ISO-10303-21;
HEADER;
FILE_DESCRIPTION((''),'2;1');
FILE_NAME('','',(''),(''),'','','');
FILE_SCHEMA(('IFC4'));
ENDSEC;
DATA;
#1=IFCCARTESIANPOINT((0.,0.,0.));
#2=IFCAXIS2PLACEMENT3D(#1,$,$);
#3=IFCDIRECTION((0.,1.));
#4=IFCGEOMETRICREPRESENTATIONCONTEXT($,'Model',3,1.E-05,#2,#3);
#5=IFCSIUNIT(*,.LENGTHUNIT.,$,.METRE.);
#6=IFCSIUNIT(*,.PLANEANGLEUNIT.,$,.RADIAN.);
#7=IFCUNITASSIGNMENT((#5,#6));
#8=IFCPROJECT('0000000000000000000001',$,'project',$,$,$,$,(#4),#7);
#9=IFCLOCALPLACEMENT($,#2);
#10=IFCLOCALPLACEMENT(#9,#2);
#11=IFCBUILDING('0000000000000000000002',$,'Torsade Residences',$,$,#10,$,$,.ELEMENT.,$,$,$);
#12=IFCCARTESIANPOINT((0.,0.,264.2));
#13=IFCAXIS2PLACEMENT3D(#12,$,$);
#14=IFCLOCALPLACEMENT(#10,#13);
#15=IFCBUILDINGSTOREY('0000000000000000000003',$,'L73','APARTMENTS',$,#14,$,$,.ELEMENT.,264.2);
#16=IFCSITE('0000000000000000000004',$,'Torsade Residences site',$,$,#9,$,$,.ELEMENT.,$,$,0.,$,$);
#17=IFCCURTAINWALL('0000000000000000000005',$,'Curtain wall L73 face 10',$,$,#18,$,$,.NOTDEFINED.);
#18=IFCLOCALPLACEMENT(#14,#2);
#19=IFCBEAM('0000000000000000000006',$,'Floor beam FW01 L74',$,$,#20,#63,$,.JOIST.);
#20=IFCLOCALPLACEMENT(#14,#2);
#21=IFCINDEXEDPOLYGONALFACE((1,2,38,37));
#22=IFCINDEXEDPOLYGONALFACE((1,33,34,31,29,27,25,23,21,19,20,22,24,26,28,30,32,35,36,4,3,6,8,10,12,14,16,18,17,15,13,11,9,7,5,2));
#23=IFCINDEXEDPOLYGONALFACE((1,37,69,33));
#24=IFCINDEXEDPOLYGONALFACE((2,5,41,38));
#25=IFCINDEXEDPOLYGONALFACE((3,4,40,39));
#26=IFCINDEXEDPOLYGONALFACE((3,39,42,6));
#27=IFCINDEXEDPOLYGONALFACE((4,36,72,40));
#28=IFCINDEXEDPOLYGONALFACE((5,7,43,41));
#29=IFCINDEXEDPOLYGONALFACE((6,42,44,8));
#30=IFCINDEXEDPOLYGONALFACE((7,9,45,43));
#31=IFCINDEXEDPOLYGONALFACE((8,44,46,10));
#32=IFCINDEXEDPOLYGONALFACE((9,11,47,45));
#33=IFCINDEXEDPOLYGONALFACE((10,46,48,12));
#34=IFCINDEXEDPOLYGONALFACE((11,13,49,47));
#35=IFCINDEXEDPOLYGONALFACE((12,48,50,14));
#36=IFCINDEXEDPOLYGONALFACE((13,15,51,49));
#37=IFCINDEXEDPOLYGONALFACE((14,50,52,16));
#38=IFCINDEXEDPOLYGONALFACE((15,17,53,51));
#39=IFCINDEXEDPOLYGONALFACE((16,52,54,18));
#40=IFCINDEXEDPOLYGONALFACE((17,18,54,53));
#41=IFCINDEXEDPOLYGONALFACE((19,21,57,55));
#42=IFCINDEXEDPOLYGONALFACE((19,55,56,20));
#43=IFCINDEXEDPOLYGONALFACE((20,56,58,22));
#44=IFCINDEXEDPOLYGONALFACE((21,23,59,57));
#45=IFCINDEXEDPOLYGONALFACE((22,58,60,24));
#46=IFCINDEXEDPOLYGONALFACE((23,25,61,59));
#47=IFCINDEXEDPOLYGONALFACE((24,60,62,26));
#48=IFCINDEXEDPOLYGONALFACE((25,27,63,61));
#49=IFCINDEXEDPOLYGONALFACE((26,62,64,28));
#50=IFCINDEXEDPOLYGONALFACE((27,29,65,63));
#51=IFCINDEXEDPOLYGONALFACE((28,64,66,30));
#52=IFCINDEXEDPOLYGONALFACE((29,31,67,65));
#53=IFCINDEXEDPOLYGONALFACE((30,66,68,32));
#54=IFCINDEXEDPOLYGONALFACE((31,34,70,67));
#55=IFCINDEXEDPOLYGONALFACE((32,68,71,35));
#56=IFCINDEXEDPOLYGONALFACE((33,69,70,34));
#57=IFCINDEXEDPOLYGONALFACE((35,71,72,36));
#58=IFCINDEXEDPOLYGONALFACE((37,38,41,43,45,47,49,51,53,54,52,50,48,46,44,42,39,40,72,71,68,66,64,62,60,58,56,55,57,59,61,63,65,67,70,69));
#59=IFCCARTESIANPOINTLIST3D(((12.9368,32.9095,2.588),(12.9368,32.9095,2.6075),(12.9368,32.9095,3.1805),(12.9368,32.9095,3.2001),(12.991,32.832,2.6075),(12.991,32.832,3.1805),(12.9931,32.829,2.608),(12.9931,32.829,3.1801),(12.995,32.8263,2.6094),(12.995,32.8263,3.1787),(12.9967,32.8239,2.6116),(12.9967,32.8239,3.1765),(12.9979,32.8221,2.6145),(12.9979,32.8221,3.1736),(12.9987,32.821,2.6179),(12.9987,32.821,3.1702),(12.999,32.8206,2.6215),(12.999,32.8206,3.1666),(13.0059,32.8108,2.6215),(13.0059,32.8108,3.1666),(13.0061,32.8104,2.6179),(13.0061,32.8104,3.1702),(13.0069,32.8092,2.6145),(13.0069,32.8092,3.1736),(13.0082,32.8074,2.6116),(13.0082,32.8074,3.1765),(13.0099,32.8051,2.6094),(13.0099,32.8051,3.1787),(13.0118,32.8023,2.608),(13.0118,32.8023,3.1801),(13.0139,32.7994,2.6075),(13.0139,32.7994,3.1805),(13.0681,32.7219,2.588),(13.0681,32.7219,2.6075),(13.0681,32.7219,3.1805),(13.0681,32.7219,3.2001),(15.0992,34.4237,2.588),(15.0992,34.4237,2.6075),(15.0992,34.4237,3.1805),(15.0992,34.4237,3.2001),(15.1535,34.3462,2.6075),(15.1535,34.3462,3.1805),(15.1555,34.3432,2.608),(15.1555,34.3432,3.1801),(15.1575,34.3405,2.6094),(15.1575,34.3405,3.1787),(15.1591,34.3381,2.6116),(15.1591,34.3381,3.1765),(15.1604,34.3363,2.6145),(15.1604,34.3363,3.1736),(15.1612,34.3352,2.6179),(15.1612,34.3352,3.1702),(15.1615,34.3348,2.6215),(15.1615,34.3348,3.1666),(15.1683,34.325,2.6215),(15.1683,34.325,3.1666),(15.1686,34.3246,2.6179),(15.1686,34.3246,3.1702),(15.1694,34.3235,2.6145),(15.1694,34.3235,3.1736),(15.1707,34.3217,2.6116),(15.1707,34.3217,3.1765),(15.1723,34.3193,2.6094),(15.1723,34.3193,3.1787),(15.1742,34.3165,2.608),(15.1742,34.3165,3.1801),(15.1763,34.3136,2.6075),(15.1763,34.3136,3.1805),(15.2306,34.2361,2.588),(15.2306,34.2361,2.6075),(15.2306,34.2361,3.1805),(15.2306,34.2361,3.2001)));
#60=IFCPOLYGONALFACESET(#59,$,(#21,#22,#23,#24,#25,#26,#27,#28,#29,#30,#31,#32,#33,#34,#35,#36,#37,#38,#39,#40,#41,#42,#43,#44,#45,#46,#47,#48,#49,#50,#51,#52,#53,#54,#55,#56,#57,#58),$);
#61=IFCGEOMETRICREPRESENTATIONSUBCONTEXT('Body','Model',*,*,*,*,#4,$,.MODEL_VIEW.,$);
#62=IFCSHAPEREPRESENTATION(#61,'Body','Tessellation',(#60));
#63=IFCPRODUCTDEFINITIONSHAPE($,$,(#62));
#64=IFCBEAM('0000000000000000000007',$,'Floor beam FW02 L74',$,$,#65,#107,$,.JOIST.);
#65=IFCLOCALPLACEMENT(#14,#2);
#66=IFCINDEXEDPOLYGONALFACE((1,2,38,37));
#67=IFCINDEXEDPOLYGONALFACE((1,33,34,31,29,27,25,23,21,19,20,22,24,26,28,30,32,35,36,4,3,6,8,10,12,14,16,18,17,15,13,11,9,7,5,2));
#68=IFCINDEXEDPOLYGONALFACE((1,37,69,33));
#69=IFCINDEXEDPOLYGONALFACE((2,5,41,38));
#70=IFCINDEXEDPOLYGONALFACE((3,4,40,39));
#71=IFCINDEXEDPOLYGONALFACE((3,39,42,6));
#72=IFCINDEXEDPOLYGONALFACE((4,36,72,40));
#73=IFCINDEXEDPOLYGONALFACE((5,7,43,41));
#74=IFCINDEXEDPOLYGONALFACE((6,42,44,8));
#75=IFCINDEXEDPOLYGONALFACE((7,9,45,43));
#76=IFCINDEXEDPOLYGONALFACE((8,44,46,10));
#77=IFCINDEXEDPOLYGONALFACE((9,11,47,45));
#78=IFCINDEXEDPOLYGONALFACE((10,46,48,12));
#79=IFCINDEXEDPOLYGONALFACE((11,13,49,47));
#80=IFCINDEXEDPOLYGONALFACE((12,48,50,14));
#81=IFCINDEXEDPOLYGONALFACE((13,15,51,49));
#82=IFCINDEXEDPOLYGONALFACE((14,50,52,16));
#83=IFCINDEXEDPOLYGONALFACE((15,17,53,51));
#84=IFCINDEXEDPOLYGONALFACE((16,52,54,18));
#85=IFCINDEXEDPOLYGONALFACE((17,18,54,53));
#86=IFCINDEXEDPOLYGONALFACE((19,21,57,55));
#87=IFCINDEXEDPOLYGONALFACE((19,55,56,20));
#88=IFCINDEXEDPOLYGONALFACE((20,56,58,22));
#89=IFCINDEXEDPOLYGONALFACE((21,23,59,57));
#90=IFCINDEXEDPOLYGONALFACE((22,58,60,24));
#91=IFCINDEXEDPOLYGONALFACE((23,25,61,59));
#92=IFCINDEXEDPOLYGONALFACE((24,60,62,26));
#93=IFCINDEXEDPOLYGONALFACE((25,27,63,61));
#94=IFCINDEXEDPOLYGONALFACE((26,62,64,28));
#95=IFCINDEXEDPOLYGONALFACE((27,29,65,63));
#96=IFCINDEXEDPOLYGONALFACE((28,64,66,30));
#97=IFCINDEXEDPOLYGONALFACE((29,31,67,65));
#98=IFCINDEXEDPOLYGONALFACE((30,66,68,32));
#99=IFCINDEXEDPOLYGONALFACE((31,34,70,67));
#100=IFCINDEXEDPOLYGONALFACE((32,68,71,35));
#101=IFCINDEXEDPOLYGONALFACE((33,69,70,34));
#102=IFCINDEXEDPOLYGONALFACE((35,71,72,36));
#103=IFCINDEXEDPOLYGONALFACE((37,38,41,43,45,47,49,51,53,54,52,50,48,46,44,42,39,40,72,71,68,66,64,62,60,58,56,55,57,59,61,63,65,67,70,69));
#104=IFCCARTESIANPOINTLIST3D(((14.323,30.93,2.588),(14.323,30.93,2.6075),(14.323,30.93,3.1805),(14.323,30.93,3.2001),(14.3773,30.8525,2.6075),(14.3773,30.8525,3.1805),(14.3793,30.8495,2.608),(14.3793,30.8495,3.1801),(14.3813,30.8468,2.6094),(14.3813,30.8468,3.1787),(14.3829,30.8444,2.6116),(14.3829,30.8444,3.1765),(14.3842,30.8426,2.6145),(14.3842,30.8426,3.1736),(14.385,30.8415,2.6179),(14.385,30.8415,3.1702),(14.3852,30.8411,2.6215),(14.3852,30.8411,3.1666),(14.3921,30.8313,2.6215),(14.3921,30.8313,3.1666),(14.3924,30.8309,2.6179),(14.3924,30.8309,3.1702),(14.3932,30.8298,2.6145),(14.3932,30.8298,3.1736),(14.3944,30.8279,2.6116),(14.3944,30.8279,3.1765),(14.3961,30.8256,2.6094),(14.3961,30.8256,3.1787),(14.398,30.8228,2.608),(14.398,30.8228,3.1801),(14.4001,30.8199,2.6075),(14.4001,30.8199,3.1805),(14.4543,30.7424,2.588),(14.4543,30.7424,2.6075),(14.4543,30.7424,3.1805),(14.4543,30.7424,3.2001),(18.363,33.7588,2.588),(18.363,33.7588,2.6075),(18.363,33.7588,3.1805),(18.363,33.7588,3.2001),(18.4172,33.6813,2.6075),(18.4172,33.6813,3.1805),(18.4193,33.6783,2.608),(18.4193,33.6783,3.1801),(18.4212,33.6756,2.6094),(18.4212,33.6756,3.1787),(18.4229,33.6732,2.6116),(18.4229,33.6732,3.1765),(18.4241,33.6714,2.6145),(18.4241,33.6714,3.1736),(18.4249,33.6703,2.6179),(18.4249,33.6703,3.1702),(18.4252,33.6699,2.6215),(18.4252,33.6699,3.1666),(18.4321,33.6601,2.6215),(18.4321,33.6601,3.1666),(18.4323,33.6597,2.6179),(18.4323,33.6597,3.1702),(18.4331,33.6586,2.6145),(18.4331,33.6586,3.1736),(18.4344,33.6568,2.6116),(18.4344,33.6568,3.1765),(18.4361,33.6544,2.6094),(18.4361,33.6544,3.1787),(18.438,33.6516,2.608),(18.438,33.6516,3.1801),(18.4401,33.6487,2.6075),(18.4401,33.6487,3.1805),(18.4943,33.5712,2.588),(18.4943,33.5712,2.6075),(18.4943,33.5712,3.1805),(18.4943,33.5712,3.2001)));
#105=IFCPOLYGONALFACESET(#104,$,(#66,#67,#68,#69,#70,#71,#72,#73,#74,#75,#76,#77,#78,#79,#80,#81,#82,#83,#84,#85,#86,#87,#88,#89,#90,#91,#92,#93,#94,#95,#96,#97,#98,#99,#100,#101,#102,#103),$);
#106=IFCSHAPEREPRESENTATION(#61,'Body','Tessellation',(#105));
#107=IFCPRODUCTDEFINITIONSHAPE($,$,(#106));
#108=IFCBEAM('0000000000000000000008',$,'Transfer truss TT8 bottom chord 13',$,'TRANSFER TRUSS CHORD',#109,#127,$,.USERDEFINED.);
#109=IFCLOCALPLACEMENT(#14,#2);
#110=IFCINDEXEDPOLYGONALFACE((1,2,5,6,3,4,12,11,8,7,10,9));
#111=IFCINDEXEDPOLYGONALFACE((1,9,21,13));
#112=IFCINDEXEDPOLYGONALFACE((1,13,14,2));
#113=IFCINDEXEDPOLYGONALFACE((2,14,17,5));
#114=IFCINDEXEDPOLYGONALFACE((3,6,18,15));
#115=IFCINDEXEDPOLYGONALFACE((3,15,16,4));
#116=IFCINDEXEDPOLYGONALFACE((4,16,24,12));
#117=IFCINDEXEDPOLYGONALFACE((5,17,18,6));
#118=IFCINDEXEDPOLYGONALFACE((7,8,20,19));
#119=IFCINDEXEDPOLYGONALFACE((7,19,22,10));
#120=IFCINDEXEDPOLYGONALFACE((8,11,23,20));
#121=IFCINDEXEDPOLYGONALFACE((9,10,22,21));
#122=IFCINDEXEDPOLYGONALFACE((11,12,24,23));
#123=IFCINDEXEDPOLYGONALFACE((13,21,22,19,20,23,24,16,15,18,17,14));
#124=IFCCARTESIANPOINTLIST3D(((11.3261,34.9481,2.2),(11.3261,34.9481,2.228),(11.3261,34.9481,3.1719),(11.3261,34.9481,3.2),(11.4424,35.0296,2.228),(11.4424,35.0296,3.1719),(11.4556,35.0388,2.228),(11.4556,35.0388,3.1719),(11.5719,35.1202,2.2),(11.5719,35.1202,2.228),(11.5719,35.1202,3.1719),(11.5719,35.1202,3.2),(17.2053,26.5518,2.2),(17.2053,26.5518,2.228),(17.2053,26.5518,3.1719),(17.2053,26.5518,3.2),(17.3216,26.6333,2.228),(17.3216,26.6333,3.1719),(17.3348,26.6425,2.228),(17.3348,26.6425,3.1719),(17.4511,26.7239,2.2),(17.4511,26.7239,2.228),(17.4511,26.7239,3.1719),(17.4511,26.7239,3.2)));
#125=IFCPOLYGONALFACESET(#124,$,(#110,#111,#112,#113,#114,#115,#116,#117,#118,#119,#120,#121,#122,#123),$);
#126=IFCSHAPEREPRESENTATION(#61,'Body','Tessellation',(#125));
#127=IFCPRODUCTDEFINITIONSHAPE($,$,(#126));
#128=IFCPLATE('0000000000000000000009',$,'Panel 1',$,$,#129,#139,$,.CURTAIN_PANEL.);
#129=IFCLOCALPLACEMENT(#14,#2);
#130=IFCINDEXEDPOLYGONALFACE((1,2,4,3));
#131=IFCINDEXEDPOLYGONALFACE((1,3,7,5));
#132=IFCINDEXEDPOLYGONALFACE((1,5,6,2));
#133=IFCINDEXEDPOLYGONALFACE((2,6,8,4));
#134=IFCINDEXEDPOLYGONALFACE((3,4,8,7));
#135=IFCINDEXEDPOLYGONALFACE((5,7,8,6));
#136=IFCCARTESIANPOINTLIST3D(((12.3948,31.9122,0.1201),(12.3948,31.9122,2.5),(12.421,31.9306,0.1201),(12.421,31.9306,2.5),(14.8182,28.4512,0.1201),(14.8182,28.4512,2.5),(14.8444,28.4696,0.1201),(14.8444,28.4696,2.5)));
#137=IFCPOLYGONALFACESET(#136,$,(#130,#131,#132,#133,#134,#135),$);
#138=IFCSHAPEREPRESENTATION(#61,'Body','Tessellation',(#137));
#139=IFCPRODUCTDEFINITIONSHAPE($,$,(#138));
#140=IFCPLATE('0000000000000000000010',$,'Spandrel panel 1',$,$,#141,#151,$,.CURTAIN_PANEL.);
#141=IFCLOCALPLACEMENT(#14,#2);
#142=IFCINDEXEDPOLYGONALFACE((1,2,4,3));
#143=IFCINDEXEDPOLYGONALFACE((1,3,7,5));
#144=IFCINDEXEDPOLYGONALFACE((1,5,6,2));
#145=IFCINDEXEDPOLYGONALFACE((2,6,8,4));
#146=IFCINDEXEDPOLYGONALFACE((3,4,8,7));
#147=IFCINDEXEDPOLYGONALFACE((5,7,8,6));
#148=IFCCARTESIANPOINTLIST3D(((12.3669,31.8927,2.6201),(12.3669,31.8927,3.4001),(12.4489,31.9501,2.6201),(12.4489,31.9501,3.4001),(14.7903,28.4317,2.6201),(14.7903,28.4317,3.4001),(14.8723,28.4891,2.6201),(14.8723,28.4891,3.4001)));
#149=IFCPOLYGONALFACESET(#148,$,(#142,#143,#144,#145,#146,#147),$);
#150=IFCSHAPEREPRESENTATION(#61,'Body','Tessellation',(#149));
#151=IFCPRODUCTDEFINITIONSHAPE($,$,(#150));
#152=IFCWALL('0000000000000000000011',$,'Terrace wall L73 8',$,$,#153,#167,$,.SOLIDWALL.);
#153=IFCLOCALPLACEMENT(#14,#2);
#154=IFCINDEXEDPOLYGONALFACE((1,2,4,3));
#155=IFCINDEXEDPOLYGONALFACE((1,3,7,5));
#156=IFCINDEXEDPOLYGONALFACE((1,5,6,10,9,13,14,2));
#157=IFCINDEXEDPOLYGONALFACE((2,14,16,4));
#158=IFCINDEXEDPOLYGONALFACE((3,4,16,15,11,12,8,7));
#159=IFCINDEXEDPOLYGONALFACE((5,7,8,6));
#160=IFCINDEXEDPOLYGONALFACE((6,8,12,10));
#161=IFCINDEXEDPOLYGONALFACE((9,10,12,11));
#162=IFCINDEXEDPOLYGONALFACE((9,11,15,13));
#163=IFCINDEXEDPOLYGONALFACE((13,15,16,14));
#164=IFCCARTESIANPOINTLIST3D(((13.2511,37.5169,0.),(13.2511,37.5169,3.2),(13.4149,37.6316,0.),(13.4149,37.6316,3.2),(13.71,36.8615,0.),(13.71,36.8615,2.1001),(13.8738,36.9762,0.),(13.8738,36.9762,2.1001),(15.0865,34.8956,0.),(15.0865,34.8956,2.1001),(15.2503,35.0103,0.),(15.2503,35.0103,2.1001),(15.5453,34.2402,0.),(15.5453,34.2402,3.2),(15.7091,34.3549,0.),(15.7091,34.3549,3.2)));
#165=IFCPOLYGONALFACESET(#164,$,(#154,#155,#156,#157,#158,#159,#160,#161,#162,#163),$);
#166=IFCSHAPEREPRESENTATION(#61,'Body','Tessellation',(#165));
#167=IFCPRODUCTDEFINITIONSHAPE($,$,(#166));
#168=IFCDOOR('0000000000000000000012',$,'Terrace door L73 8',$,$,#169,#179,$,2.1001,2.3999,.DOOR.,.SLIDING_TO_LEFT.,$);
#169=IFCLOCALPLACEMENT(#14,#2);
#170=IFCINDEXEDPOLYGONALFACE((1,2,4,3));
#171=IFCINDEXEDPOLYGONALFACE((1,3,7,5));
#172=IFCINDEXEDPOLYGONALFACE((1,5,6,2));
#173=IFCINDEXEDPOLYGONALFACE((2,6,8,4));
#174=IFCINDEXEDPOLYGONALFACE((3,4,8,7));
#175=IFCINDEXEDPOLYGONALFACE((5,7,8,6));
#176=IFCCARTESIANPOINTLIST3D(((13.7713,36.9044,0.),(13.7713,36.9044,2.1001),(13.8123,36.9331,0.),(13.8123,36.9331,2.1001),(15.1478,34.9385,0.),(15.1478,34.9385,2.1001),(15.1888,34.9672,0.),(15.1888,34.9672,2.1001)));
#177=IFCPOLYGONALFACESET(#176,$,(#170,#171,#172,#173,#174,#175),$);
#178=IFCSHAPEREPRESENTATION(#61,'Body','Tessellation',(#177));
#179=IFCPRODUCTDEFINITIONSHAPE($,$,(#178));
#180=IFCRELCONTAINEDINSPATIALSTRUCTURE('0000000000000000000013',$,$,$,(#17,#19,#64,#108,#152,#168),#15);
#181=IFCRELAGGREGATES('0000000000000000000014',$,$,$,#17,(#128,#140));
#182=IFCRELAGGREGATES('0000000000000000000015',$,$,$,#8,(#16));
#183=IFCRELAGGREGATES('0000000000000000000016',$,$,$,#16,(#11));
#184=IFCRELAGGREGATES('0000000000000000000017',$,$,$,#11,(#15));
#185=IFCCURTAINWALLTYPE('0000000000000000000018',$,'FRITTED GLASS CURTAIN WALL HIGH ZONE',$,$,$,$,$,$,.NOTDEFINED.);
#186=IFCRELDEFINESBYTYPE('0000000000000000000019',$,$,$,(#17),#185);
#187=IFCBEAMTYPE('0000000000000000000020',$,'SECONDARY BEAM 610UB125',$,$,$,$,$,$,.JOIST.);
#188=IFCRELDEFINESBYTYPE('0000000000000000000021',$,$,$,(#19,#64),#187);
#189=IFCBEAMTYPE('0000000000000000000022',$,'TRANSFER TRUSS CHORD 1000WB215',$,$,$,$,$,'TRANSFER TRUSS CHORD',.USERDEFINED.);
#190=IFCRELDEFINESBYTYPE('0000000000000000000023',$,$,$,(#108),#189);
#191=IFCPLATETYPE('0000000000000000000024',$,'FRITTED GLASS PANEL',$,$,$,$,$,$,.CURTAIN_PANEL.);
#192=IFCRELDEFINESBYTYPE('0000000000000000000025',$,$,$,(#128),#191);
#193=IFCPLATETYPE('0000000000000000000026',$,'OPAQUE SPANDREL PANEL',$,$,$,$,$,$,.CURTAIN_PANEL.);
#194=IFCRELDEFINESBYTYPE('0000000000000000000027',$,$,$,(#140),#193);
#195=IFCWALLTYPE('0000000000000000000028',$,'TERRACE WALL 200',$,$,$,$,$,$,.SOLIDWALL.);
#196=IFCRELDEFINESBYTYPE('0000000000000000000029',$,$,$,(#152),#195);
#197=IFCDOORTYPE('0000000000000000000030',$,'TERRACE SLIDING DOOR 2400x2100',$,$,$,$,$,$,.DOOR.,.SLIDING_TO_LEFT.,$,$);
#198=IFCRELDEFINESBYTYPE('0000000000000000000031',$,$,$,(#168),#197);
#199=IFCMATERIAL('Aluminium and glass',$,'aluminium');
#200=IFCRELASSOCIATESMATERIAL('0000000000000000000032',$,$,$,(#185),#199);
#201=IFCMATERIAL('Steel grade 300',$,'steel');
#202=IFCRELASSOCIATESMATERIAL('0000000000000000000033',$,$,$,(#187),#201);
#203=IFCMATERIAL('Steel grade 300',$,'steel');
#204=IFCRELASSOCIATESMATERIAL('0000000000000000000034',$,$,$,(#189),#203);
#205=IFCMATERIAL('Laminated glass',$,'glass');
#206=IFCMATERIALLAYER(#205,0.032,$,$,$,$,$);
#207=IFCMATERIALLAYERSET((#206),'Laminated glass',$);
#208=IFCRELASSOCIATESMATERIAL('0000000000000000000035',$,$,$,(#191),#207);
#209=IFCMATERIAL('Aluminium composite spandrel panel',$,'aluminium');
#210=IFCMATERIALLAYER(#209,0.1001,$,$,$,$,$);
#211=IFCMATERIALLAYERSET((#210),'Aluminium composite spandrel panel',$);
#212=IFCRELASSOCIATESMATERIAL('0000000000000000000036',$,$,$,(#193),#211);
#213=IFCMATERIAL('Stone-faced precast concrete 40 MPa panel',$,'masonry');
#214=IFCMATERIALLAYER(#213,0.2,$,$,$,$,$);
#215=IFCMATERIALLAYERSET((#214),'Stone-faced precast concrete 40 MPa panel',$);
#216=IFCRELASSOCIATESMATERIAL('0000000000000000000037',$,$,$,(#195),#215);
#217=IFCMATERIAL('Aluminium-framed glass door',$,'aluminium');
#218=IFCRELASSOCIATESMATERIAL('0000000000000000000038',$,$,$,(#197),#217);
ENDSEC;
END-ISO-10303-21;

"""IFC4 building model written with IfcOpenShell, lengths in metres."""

from ifc_helpers import new_model, si_unit, direction, frame, frame_2d, origin, origin_2d, place, context, subcontext, project, spatial, rectangle, i_section, extrude, material, layer, layer_set, material_profile, profile_set, type_object, element, fill, aggregate, save


model = new_model("IFC4")

# Units and contexts
model_context = context("Model", 3, precision=1e-05, world=origin(), true_north=direction((0.0, 1.0)))
body_context = subcontext(model_context, "Body", "Model", "MODEL_VIEW")
ifc_project = project(units=[si_unit("LENGTHUNIT", "METRE"), si_unit("PLANEANGLEUNIT", "RADIAN")], contexts=[model_context])

# Site, building, storey
site_placement = place(None, origin())
site = spatial("IfcSite", under=ifc_project, at=site_placement, Name="Torsade Residences site", CompositionType="ELEMENT", RefElevation=0.0)
building_placement = place(site_placement, origin())
building = spatial("IfcBuilding", under=site, at=building_placement, Name="Torsade Residences", CompositionType="ELEMENT")
storey_placement = place(building_placement, frame((0.0, 0.0, 264.2)))
storey = spatial("IfcBuildingStorey", under=building, at=storey_placement, Name="L73", Description="APARTMENTS", CompositionType="ELEMENT", Elevation=264.2)

# Shared definitions
ifc_material_1 = material(Name="Aluminium and glass", Category="aluminium")
curtain_wall_type = type_object("IfcCurtainWallType", Name="FRITTED GLASS CURTAIN WALL HIGH ZONE", PredefinedType="NOTDEFINED", material=ifc_material_1)

# Curtain wall
curtain_wall_1_placement = place(storey_placement, origin())
curtain_wall_1 = element("IfcCurtainWall", 1, at=curtain_wall_1_placement, inside=storey, type_object=curtain_wall_type, Name="Curtain wall L73 face 10", PredefinedType="NOTDEFINED")

# Beams
ifc_material_2 = material(Name="Steel grade 300", Category="steel")
ifc_material_profile_1 = material_profile(ifc_material_2, i_section(OverallWidth=0.229, OverallDepth=0.6121, WebThickness=0.012, FlangeThickness=0.0195, FilletRadius=0.0139, at=origin_2d()), Name="610UB125")
ifc_profile_set_1 = profile_set([ifc_material_profile_1], Name="Steel grade 300")
beam_type_1 = type_object("IfcBeamType", Name="SECONDARY BEAM 610UB125", PredefinedType="JOIST", material=ifc_profile_set_1)
beam_1_placement = place(storey_placement, frame((13.0024, 32.8157, 2.894), z_axis=(0.819141, 0.573593, 0.0), x_axis=(-0.573593, 0.819141, 0.0)))
element("IfcBeam", 2, at=beam_1_placement, inside=storey, type_object=beam_type_1, Name="Floor beam FW01 L74", PredefinedType="JOIST", context=body_context, shape_type="SweptSolid", body=[
    extrude(i_section(OverallWidth=0.229, OverallDepth=0.6121, WebThickness=0.012, FlangeThickness=0.0195, FilletRadius=0.0139, at=origin_2d()), origin(), (0.0, 0.0, 1.0), 2.6399),
])
beam_2_placement = place(storey_placement, frame((14.3887, 30.8362, 2.894), z_axis=(0.819153, 0.573575, 0.0), x_axis=(-0.573575, 0.819153, 0.0)))
element("IfcBeam", 3, at=beam_2_placement, inside=storey, type_object=beam_type_1, Name="Floor beam FW02 L74", PredefinedType="JOIST", context=body_context, shape_type="SweptSolid", body=[
    extrude(i_section(OverallWidth=0.229, OverallDepth=0.6121, WebThickness=0.012, FlangeThickness=0.0195, FilletRadius=0.0139, at=origin_2d()), origin(), (0.0, 0.0, 1.0), 4.9319),
])
ifc_material_3 = material(Name="Steel grade 300", Category="steel")
ifc_material_profile_2 = material_profile(ifc_material_3, i_section(OverallWidth=0.3, OverallDepth=1.0, WebThickness=0.0161, FlangeThickness=0.0281, at=origin_2d()), Name="1000WB215")
ifc_profile_set_2 = profile_set([ifc_material_profile_2], Name="Steel grade 300")
beam_type_2 = type_object("IfcBeamType", Name="TRANSFER TRUSS CHORD 1000WB215", ElementType="TRANSFER TRUSS CHORD", PredefinedType="USERDEFINED", material=ifc_profile_set_2)
beam_3_placement = place(storey_placement, frame((11.449, 35.0342, 2.7), z_axis=(0.573579, -0.81915, 0.0), x_axis=(0.81915, 0.573579, 0.0)))
element("IfcBeam", 4, at=beam_3_placement, inside=storey, type_object=beam_type_2, Name="Transfer truss TT8 bottom chord 13", ObjectType="TRANSFER TRUSS CHORD", PredefinedType="USERDEFINED", context=body_context, shape_type="SweptSolid", body=[
    extrude(i_section(OverallWidth=0.3, OverallDepth=1.0, WebThickness=0.0161, FlangeThickness=0.0281, at=origin_2d()), origin(), (0.0, 0.0, 1.0), 10.25),
])

# Plates
ifc_material_4 = material(Name="Laminated glass", Category="glass")
ifc_layer_1 = layer(ifc_material_4, 0.032)
ifc_layer_set_1 = layer_set([ifc_layer_1], Name="Laminated glass")
plate_type_1 = type_object("IfcPlateType", Name="FRITTED GLASS PANEL", PredefinedType="CURTAIN_PANEL", material=ifc_layer_set_1)
plate_1_placement = place(storey_placement, frame((13.6196, 30.1909, 0.1201), z_axis=(0.0, 0.0, 1.0), x_axis=(0.573576, -0.819152, 0.0)))
plate_1 = element("IfcPlate", 5, at=plate_1_placement, type_object=plate_type_1, Name="Panel 1", PredefinedType="CURTAIN_PANEL", context=body_context, shape_type="SweptSolid", body=[
    extrude(rectangle(XDim=4.2251, YDim=0.032, at=origin_2d()), origin(), (0.0, 0.0, 1.0), 2.3799),
])
ifc_material_5 = material(Name="Aluminium composite spandrel panel", Category="aluminium")
ifc_layer_2 = layer(ifc_material_5, 0.1001)
ifc_layer_set_2 = layer_set([ifc_layer_2], Name="Aluminium composite spandrel panel")
plate_type_2 = type_object("IfcPlateType", Name="OPAQUE SPANDREL PANEL", PredefinedType="CURTAIN_PANEL", material=ifc_layer_set_2)
plate_2_placement = place(storey_placement, frame((13.6196, 30.1909, 2.6201), z_axis=(0.0, 0.0, 1.0), x_axis=(0.573576, -0.819152, 0.0)))
plate_2 = element("IfcPlate", 6, at=plate_2_placement, type_object=plate_type_2, Name="Spandrel panel 1", PredefinedType="CURTAIN_PANEL", context=body_context, shape_type="SweptSolid", body=[
    extrude(rectangle(XDim=4.2251, YDim=0.1001, at=origin_2d()), origin(), (0.0, 0.0, 1.0), 0.78),
])
aggregate(curtain_wall_1, [plate_1, plate_2])

# Wall, opening, door
ifc_material_6 = material(Name="Stone-faced precast concrete 40 MPa panel", Category="masonry")
ifc_layer_3 = layer(ifc_material_6, 0.2)
ifc_layer_set_3 = layer_set([ifc_layer_3], Name="Stone-faced precast concrete 40 MPa panel")
wall_type = type_object("IfcWallType", Name="TERRACE WALL 200", PredefinedType="SOLIDWALL", material=ifc_layer_set_3)
wall_placement = place(storey_placement, frame((13.333, 37.5742, 0.0), z_axis=(0.0, 0.0, 1.0), x_axis=(0.573557, -0.819166, 0.0)))
wall = element("IfcWall", 7, at=wall_placement, inside=storey, type_object=wall_type, Name="Terrace wall L73 8", PredefinedType="SOLIDWALL", context=body_context, shape_type="SweptSolid", body=[
    extrude(rectangle(XDim=4.0, YDim=0.2, at=frame_2d((2.0, 0.0))), origin(), (0.0, 0.0, 1.0), 3.2),
])
opening_placement = place(wall_placement, frame((0.8, 0.0, 0.0)))
opening = element("IfcOpeningElement", 8, at=opening_placement, cuts=wall, PredefinedType="OPENING", context=body_context, shape_type="SweptSolid", body=[
    extrude(rectangle(XDim=2.3999, YDim=2.1001, at=frame_2d((1.2, 1.05))), frame((0.0, 0.1099, 0.0), z_axis=(0.0, -1.0, 0.0), x_axis=(1.0, 0.0, 0.0)), (0.0, 0.0, 1.0), 0.22),
])
ifc_material_7 = material(Name="Aluminium-framed glass door", Category="aluminium")
door_type = type_object("IfcDoorType", Name="TERRACE SLIDING DOOR 2400x2100", OperationType="SLIDING_TO_LEFT", PredefinedType="DOOR", material=ifc_material_7)
door_placement = place(opening_placement, origin())
door = element("IfcDoor", 9, at=door_placement, inside=storey, type_object=door_type, Name="Terrace door L73 8", OperationType="SLIDING_TO_LEFT", OverallHeight=2.1001, OverallWidth=2.3999, PredefinedType="DOOR", context=body_context, shape_type="SweptSolid", body=[
    extrude(rectangle(XDim=2.3999, YDim=2.1001, at=frame_2d((1.2, 1.05))), frame((0.0, 0.0249, 0.0), z_axis=(0.0, -1.0, 0.0), x_axis=(1.0, 0.0, 0.0)), (0.0, 0.0, 1.0), 0.05),
])
fill(opening, door)

save(model, "model.ifc")
